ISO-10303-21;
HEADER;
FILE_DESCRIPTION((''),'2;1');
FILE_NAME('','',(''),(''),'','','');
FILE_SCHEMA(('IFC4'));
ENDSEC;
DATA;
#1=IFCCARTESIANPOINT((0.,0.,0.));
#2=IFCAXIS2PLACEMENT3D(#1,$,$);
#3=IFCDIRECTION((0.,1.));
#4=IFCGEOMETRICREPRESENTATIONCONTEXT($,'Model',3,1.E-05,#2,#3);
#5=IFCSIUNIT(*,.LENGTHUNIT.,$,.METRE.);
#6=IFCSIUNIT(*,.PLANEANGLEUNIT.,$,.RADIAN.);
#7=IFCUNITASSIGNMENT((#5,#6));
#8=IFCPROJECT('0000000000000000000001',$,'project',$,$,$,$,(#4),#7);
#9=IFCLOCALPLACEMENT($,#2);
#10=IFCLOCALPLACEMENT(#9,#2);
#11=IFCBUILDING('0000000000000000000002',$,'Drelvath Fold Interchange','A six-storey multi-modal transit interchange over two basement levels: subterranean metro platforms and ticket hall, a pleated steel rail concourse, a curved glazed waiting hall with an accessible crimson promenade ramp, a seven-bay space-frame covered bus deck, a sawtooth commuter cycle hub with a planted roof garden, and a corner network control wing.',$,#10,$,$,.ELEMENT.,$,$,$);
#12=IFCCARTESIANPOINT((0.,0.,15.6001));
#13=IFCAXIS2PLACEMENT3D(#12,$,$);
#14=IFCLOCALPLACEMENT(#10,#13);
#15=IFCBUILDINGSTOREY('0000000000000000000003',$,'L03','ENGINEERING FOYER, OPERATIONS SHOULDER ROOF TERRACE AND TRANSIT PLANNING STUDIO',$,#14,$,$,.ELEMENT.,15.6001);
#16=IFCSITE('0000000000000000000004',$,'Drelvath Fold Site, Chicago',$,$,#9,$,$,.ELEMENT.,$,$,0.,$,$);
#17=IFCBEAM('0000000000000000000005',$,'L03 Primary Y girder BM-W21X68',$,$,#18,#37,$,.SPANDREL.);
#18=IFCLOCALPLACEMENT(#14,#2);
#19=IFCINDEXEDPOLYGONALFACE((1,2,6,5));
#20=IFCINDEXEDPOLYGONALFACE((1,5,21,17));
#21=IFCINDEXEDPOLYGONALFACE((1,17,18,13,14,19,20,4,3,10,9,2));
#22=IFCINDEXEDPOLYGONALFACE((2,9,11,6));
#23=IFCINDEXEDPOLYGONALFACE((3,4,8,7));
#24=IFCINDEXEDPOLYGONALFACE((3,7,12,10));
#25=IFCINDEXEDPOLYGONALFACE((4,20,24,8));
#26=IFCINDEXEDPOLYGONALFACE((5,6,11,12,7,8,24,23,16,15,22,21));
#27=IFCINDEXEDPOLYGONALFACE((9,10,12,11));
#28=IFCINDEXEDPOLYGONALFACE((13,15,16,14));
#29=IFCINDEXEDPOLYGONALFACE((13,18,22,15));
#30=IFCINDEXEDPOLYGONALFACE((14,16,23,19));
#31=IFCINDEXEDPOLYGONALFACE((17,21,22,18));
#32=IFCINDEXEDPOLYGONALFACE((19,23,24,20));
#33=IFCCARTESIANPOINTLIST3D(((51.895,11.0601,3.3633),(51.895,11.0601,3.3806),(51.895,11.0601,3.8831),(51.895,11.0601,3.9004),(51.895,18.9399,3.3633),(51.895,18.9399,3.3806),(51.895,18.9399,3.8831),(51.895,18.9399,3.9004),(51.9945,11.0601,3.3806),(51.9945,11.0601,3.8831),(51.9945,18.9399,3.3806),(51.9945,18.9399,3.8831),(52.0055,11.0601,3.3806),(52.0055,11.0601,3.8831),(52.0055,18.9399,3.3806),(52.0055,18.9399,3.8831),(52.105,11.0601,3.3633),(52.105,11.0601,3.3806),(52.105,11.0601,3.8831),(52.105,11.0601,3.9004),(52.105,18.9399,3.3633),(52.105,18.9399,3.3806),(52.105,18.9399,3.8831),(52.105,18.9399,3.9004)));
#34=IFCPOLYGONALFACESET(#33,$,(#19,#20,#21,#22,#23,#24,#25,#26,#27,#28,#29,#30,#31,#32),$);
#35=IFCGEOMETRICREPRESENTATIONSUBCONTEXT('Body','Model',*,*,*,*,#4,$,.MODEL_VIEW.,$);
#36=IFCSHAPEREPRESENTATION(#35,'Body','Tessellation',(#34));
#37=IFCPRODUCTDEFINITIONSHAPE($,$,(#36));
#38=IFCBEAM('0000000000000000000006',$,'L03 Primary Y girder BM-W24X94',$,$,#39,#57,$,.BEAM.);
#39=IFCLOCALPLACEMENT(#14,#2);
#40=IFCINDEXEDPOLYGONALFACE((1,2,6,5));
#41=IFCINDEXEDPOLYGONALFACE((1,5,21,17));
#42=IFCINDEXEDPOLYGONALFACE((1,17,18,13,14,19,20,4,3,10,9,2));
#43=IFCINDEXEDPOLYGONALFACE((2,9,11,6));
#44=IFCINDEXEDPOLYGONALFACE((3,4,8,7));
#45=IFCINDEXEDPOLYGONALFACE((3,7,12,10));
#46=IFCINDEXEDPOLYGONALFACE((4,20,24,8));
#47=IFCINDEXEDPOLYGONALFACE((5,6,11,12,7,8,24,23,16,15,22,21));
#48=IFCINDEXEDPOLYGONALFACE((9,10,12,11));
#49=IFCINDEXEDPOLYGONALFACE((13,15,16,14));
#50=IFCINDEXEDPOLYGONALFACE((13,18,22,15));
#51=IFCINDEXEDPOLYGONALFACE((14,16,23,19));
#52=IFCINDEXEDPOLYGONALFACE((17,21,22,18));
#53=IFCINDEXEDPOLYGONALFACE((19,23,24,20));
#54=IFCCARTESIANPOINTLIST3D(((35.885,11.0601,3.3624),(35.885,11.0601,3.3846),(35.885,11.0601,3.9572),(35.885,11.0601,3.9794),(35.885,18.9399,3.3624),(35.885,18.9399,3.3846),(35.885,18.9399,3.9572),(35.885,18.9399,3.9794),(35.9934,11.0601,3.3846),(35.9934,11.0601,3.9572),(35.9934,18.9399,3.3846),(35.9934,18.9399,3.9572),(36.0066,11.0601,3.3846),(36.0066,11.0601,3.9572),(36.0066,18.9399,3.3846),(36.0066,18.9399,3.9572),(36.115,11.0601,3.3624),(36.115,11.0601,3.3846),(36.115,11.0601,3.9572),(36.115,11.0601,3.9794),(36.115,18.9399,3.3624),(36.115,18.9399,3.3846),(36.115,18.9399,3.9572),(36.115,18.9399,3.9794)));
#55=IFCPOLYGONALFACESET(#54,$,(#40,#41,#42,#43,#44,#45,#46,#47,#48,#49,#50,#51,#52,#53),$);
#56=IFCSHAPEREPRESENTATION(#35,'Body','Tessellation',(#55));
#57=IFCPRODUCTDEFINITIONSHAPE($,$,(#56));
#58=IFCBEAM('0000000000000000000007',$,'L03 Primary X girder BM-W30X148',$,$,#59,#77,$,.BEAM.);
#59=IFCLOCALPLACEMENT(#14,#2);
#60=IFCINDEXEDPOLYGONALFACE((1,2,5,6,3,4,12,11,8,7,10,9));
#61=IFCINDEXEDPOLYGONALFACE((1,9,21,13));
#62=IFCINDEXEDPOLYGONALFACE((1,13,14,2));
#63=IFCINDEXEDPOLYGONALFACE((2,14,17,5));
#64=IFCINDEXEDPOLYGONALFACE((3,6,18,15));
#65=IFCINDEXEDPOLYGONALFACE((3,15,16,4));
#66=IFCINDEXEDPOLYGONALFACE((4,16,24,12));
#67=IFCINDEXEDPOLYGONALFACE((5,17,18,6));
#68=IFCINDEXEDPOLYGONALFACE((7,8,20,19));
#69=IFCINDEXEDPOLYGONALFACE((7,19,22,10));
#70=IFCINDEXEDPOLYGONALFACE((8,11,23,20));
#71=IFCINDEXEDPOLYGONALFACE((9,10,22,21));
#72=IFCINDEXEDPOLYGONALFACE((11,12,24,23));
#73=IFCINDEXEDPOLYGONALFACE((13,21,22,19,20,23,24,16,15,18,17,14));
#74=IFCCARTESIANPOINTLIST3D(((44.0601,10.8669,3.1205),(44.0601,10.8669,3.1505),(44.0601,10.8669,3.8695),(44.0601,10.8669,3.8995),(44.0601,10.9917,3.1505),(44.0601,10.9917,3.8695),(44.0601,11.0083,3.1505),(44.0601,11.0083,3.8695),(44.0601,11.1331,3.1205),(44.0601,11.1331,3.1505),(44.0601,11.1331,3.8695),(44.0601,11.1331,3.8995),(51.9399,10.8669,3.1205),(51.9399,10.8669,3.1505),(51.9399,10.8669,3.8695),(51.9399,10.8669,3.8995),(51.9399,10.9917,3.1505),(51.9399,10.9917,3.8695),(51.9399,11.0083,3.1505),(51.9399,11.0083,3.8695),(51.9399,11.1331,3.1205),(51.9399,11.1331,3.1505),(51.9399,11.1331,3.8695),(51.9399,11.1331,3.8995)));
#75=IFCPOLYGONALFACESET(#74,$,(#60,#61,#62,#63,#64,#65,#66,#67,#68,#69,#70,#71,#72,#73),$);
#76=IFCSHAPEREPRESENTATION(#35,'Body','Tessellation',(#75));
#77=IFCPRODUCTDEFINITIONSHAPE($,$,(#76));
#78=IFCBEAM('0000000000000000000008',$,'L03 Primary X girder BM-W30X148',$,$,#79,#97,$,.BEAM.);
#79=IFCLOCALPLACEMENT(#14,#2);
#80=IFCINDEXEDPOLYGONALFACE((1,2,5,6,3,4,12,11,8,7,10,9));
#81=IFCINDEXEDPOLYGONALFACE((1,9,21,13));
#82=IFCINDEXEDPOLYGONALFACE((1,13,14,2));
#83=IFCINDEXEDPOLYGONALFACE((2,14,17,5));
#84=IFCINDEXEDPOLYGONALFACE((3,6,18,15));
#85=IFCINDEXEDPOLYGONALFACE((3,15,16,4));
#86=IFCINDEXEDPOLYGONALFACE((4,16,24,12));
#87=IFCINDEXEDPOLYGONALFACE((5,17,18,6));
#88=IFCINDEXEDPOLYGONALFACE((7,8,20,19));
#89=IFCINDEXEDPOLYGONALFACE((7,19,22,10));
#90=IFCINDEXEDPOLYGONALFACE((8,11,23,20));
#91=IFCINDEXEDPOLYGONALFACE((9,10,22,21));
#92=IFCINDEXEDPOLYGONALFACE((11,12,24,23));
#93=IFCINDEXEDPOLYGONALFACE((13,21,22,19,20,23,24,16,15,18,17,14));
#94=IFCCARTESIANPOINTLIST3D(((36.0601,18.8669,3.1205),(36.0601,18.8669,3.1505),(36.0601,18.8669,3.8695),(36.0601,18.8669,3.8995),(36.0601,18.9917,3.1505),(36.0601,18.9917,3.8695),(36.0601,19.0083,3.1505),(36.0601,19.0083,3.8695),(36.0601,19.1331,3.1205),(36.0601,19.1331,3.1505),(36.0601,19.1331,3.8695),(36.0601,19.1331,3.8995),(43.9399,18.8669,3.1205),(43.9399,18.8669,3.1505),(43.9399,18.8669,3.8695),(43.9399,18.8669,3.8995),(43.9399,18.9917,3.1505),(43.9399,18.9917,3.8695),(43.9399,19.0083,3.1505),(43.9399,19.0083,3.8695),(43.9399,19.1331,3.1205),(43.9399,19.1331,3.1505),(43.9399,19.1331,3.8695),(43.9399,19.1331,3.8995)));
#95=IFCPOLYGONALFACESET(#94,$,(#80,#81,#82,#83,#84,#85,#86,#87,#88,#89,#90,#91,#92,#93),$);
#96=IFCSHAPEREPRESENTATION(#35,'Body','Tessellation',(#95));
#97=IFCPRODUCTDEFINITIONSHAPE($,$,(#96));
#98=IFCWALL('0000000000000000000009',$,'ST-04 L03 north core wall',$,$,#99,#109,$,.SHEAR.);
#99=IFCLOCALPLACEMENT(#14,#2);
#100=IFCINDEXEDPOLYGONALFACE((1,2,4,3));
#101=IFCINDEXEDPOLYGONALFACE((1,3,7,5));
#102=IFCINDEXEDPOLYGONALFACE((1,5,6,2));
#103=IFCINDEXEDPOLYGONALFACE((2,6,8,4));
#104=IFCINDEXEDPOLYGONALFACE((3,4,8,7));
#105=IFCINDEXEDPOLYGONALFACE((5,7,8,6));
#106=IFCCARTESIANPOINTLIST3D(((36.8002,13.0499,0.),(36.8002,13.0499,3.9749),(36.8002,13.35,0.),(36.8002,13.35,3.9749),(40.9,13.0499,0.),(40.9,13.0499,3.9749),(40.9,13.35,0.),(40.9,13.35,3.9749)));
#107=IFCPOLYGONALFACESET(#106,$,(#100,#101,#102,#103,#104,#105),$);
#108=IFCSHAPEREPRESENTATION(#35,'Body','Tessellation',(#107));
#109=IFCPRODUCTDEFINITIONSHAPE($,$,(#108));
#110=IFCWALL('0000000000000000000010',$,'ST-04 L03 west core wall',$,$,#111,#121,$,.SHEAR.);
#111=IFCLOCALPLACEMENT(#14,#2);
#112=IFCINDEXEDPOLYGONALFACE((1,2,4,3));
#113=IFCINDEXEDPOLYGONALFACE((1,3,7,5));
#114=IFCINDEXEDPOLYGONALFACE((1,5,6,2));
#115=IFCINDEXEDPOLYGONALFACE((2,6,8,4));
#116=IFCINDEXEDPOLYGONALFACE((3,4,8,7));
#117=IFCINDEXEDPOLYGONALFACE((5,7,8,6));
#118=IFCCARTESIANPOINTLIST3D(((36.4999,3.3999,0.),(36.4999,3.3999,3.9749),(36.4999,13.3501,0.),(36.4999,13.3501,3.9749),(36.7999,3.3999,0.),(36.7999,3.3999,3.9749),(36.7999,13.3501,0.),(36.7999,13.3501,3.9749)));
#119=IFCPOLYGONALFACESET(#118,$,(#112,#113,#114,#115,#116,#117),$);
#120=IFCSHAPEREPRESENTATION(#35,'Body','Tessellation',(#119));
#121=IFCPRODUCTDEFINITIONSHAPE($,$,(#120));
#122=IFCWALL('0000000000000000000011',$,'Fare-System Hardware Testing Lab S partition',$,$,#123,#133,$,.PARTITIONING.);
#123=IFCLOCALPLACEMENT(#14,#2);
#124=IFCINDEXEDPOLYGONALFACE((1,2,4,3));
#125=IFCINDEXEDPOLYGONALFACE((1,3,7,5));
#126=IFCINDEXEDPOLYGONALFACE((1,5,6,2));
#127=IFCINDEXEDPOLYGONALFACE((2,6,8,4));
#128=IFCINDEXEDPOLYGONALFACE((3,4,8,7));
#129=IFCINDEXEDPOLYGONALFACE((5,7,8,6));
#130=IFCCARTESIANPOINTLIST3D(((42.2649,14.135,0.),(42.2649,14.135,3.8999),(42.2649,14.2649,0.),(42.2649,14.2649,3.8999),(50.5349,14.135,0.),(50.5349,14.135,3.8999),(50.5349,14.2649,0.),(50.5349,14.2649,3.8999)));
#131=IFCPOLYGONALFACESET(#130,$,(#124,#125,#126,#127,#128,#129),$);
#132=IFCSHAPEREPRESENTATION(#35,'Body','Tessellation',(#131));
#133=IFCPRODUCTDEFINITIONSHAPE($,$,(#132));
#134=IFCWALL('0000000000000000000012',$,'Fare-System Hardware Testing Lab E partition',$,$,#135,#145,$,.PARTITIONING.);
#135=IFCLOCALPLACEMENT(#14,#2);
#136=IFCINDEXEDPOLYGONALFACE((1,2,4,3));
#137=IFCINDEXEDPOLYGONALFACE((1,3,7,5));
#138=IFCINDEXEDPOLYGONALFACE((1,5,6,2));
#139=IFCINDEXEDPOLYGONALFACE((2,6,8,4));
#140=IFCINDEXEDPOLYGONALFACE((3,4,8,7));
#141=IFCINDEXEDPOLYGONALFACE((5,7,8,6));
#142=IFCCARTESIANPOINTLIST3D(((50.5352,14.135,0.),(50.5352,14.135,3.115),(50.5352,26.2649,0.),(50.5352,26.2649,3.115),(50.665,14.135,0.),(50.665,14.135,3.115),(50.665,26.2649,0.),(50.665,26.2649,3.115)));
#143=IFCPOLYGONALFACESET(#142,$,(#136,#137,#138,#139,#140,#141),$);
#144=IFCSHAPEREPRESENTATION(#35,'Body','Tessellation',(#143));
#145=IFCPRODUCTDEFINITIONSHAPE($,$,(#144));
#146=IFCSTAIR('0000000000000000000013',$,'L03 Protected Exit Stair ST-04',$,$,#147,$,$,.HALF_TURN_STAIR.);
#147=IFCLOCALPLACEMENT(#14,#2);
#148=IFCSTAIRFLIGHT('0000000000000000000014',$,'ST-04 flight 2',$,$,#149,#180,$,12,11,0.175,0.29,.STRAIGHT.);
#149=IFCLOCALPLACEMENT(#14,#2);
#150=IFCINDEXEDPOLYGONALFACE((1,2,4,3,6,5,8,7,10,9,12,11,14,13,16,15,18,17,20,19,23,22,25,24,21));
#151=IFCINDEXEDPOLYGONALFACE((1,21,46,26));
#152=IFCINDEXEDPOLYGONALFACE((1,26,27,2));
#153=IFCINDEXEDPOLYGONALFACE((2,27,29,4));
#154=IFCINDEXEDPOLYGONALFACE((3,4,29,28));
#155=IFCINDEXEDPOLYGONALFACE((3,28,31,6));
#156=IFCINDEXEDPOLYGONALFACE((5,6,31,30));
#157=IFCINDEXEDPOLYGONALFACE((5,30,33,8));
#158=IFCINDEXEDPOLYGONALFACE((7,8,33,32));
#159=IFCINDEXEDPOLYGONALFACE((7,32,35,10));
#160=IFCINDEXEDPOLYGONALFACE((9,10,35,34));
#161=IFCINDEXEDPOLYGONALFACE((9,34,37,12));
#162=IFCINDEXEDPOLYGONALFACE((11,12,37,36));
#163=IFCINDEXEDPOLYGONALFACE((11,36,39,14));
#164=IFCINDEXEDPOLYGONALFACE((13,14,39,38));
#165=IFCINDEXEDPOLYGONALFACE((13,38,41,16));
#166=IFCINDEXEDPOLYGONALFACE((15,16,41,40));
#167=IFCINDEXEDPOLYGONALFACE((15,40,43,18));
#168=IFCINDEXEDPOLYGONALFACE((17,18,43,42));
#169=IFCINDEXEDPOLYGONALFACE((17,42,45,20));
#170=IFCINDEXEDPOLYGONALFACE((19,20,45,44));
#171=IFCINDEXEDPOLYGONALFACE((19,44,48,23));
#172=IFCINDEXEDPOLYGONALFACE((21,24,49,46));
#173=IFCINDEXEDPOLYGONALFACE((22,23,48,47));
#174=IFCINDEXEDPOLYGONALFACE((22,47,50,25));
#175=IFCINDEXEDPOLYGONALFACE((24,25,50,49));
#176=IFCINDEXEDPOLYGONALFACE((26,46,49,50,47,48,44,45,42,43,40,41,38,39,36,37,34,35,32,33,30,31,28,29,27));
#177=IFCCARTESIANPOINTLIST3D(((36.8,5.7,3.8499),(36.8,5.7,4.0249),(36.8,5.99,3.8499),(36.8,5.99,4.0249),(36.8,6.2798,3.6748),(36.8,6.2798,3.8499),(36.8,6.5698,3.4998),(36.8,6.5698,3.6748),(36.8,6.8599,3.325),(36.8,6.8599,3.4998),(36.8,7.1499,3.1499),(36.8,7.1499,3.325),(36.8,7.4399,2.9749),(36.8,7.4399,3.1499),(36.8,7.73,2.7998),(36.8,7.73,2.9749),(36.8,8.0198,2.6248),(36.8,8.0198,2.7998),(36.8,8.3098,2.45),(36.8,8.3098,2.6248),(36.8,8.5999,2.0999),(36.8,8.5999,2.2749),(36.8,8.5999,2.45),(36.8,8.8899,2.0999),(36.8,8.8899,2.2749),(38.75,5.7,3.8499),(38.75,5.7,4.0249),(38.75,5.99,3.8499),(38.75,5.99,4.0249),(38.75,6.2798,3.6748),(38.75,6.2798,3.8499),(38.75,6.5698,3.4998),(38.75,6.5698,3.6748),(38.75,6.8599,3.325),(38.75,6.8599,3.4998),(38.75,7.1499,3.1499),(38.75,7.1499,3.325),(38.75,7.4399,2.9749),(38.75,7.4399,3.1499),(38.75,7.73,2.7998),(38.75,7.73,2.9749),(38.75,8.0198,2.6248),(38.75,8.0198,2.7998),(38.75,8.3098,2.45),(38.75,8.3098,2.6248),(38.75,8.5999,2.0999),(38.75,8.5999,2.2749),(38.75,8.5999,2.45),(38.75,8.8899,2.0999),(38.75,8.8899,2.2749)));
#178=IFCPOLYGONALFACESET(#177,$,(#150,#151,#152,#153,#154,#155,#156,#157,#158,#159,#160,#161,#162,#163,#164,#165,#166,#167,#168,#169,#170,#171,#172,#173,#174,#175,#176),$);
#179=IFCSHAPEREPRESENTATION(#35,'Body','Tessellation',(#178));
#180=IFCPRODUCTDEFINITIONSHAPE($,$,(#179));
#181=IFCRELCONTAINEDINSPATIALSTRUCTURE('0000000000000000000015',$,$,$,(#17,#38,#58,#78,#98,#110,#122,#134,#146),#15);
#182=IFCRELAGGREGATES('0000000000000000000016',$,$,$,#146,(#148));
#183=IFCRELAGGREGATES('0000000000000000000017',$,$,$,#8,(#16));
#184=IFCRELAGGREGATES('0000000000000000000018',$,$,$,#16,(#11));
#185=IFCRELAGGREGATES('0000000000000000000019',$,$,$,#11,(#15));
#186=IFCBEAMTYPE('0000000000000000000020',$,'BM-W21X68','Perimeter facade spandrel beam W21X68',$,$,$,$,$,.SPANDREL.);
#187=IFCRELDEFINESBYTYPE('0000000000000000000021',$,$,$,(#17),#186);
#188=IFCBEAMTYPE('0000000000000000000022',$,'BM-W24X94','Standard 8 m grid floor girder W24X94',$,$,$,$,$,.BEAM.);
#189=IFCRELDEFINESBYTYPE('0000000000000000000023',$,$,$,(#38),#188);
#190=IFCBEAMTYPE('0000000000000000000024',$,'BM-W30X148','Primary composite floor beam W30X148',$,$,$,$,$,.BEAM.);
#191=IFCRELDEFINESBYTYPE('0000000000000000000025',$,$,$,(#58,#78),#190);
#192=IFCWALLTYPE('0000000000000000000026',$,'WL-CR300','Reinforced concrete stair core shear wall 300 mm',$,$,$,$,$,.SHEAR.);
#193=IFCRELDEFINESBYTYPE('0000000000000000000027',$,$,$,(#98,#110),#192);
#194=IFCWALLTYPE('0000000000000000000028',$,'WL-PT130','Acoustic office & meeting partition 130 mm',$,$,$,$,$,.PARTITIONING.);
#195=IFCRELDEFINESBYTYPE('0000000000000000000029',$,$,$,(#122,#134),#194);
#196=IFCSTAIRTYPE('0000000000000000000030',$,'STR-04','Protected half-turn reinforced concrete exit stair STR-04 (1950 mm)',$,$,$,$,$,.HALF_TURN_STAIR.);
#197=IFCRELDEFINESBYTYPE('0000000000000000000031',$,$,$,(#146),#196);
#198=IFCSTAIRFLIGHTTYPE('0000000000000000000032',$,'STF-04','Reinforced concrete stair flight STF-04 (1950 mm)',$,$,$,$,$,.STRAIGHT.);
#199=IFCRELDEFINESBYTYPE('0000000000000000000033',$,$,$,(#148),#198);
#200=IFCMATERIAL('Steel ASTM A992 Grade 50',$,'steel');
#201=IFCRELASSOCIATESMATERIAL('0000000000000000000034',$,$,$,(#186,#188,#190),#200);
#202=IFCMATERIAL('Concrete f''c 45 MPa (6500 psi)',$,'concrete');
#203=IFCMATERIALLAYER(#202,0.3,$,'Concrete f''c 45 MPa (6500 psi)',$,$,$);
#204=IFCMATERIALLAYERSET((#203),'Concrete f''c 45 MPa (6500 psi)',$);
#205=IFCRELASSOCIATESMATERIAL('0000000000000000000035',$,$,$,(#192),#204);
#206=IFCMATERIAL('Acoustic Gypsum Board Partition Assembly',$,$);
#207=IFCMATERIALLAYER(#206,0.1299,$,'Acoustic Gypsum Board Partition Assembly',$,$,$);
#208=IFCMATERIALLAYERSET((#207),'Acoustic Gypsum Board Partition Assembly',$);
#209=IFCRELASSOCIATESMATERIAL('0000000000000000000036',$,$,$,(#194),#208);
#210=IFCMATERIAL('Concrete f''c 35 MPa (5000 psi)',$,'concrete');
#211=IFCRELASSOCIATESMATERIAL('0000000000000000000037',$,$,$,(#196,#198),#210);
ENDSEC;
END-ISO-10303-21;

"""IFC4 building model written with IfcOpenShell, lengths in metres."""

from ifc_helpers import new_model, si_unit, direction, frame, frame_2d, origin, origin_2d, place, context, subcontext, project, spatial, polyline, rectangle, i_section, outline, extrude, material, layer, layer_set, material_profile, profile_set, type_object, element, aggregate, save


model = new_model("IFC4")

# Units and contexts
model_context = context("Model", 3, precision=1e-05, world=origin(), true_north=direction((0.0, 1.0)))
body_context = subcontext(model_context, "Body", "Model", "MODEL_VIEW")
ifc_project = project(units=[si_unit("LENGTHUNIT", "METRE"), si_unit("PLANEANGLEUNIT", "RADIAN")], contexts=[model_context])

# Site, building, storey
site_placement = place(None, origin())
site = spatial("IfcSite", under=ifc_project, at=site_placement, Name="Drelvath Fold Site, Chicago", CompositionType="ELEMENT", RefElevation=0.0)
building_placement = place(site_placement, origin())
building = spatial("IfcBuilding", under=site, at=building_placement, Name="Drelvath Fold Interchange", Description="A six-storey multi-modal transit interchange over two basement levels: subterranean metro platforms and ticket hall, a pleated steel rail concourse, a curved glazed waiting hall with an accessible crimson promenade ramp, a seven-bay space-frame covered bus deck, a sawtooth commuter cycle hub with a planted roof garden, and a corner network control wing.", CompositionType="ELEMENT")
storey_placement = place(building_placement, frame((0.0, 0.0, 15.6001)))
storey = spatial("IfcBuildingStorey", under=building, at=storey_placement, Name="L03", Description="ENGINEERING FOYER, OPERATIONS SHOULDER ROOF TERRACE AND TRANSIT PLANNING STUDIO", CompositionType="ELEMENT", Elevation=15.6001)

# Shared definitions
ifc_material_1 = material(Name="Steel ASTM A992 Grade 50", Category="steel")

# Beams
ifc_material_profile_1 = material_profile(ifc_material_1, i_section(OverallWidth=0.21, OverallDepth=0.5371, WebThickness=0.011, FlangeThickness=0.0173, at=origin_2d()), Name="W21X68")
ifc_profile_set_1 = profile_set([ifc_material_profile_1], Name="Steel ASTM A992 Grade 50")
beam_type_1 = type_object("IfcBeamType", Name="BM-W21X68", Description="Perimeter facade spandrel beam W21X68", PredefinedType="SPANDREL", material=ifc_profile_set_1)
for number, where, z_axis, x_axis, name in (
    (1, (52.0, 11.0601, 3.6318), (0.0, 1.0, 0.0), (-1.0, 0.0, 0.0), "L03 Primary Y girder BM-W21X68"),
):
    element("IfcBeam", number, at=place(storey_placement, frame(where, z_axis=z_axis, x_axis=x_axis)), inside=storey, type_object=beam_type_1, Name=name, PredefinedType="SPANDREL", context=body_context, shape_type="SweptSolid", body=[
        extrude(i_section(OverallWidth=0.21, OverallDepth=0.5371, WebThickness=0.011, FlangeThickness=0.0173, at=origin_2d()), origin(), (0.0, 0.0, 1.0), 7.8799),
    ])
ifc_material_profile_2 = material_profile(ifc_material_1, i_section(OverallWidth=0.23, OverallDepth=0.6169, WebThickness=0.0132, FlangeThickness=0.0222, at=origin_2d()), Name="W24X94")
ifc_profile_set_2 = profile_set([ifc_material_profile_2], Name="Steel ASTM A992 Grade 50")
beam_type_2 = type_object("IfcBeamType", Name="BM-W24X94", Description="Standard 8 m grid floor girder W24X94", PredefinedType="BEAM", material=ifc_profile_set_2)
beam_placement = place(storey_placement, frame((36.0, 11.0601, 3.6709), z_axis=(0.0, 1.0, 0.0), x_axis=(-1.0, 0.0, 0.0)))
element("IfcBeam", 2, at=beam_placement, inside=storey, type_object=beam_type_2, Name="L03 Primary Y girder BM-W24X94", PredefinedType="BEAM", context=body_context, shape_type="SweptSolid", body=[
    extrude(i_section(OverallWidth=0.23, OverallDepth=0.6169, WebThickness=0.0132, FlangeThickness=0.0222, at=origin_2d()), origin(), (0.0, 0.0, 1.0), 7.8799),
])
ifc_material_profile_3 = material_profile(ifc_material_1, i_section(OverallWidth=0.2661, OverallDepth=0.7791, WebThickness=0.0166, FlangeThickness=0.03, at=origin_2d()), Name="W30X148")
ifc_profile_set_3 = profile_set([ifc_material_profile_3], Name="Steel ASTM A992 Grade 50")
beam_type_3 = type_object("IfcBeamType", Name="BM-W30X148", Description="Primary composite floor beam W30X148", PredefinedType="BEAM", material=ifc_profile_set_3)
for number, where, z_axis, x_axis, name in (
    (3, (44.0601, 11.0, 3.51), (1.0, 0.0, 0.0), (0.0, 1.0, 0.0), "L03 Primary X girder BM-W30X148"),
    (4, (36.0601, 19.0, 3.51), (1.0, 0.0, 0.0), (0.0, 1.0, 0.0), "L03 Primary X girder BM-W30X148"),
):
    element("IfcBeam", number, at=place(storey_placement, frame(where, z_axis=z_axis, x_axis=x_axis)), inside=storey, type_object=beam_type_3, Name=name, PredefinedType="BEAM", context=body_context, shape_type="SweptSolid", body=[
        extrude(i_section(OverallWidth=0.2661, OverallDepth=0.7791, WebThickness=0.0166, FlangeThickness=0.03, at=origin_2d()), origin(), (0.0, 0.0, 1.0), 7.8799),
    ])

# Walls
ifc_material_2 = material(Name="Concrete f'c 45 MPa (6500 psi)", Category="concrete")
ifc_layer_1 = layer(ifc_material_2, 0.3, Name="Concrete f'c 45 MPa (6500 psi)")
ifc_layer_set_1 = layer_set([ifc_layer_1], Name="Concrete f'c 45 MPa (6500 psi)")
wall_type_1 = type_object("IfcWallType", Name="WL-CR300", Description="Reinforced concrete stair core shear wall 300 mm", PredefinedType="SHEAR", material=ifc_layer_set_1)
wall_1_placement = place(storey_placement, frame((40.8999, 13.2, 0.0), z_axis=(0.0, 0.0, 1.0), x_axis=(-1.0, 0.0, 0.0)))
element("IfcWall", 5, at=wall_1_placement, inside=storey, type_object=wall_type_1, Name="ST-04 L03 north core wall", PredefinedType="SHEAR", context=body_context, shape_type="SweptSolid", body=[
    extrude(rectangle(XDim=4.0999, YDim=0.3, at=frame_2d((2.0498, 0.0))), origin(), (0.0, 0.0, 1.0), 3.9749),
])
wall_2_placement = place(storey_placement, frame((36.6499, 13.3501, 0.0), z_axis=(0.0, 0.0, 1.0), x_axis=(0.0, -1.0, 0.0)))
element("IfcWall", 6, at=wall_2_placement, inside=storey, type_object=wall_type_1, Name="ST-04 L03 west core wall", PredefinedType="SHEAR", context=body_context, shape_type="SweptSolid", body=[
    extrude(rectangle(XDim=9.9502, YDim=0.3, at=frame_2d((4.9751, 0.0))), origin(), (0.0, 0.0, 1.0), 3.9749),
])
ifc_material_3 = material(Name="Acoustic Gypsum Board Partition Assembly")
ifc_layer_2 = layer(ifc_material_3, 0.1299, Name="Acoustic Gypsum Board Partition Assembly")
ifc_layer_set_2 = layer_set([ifc_layer_2], Name="Acoustic Gypsum Board Partition Assembly")
wall_type_2 = type_object("IfcWallType", Name="WL-PT130", Description="Acoustic office & meeting partition 130 mm", PredefinedType="PARTITIONING", material=ifc_layer_set_2)
wall_3_placement = place(storey_placement, frame((42.2649, 14.2, 0.0), z_axis=(0.0, 0.0, 1.0), x_axis=(1.0, 0.0, 0.0)))
element("IfcWall", 7, at=wall_3_placement, inside=storey, type_object=wall_type_2, Name="Fare-System Hardware Testing Lab S partition", PredefinedType="PARTITIONING", context=body_context, shape_type="SweptSolid", body=[
    extrude(rectangle(XDim=8.27, YDim=0.1299, at=frame_2d((4.135, 0.0))), origin(), (0.0, 0.0, 1.0), 3.8999),
])
wall_4_placement = place(storey_placement, frame((50.6001, 14.135, 0.0), z_axis=(0.0, 0.0, 1.0), x_axis=(0.0, 1.0, 0.0)))
element("IfcWall", 8, at=wall_4_placement, inside=storey, type_object=wall_type_2, Name="Fare-System Hardware Testing Lab E partition", PredefinedType="PARTITIONING", context=body_context, shape_type="SweptSolid", body=[
    extrude(rectangle(XDim=12.1299, YDim=0.1299, at=frame_2d((6.0649, 0.0))), origin(), (0.0, 0.0, 1.0), 3.115),
])

# Stair, stair flight
ifc_material_4 = material(Name="Concrete f'c 35 MPa (5000 psi)", Category="concrete")
stair_type = type_object("IfcStairType", Name="STR-04", Description="Protected half-turn reinforced concrete exit stair STR-04 (1950 mm)", PredefinedType="HALF_TURN_STAIR", material=ifc_material_4)
stair_placement = place(storey_placement, origin())
stair = element("IfcStair", 9, at=stair_placement, inside=storey, type_object=stair_type, Name="L03 Protected Exit Stair ST-04", PredefinedType="HALF_TURN_STAIR")
stair_flight_type = type_object("IfcStairFlightType", Name="STF-04", Description="Reinforced concrete stair flight STF-04 (1950 mm)", PredefinedType="STRAIGHT", material=ifc_material_4)
stair_flight_placement = place(storey_placement, frame((37.7749, 8.8899, 2.0999), z_axis=(0.0, 0.0, 1.0), x_axis=(0.0, -1.0, 0.0)))
stair_flight = element("IfcStairFlight", 10, at=stair_flight_placement, type_object=stair_flight_type, Name="ST-04 flight 2", NumberOfRisers=12, NumberOfTreads=11, PredefinedType="STRAIGHT", RiserHeight=0.175, TreadLength=0.29, context=body_context, shape_type="SweptSolid", body=[
    extrude(outline(polyline([(0.0, 0.0), (0.0, 0.175), (0.29, 0.175), (0.29, 0.3501), (0.5801, 0.3501), (0.5801, 0.5249), (0.8701, 0.5249), (0.8701, 0.7), (1.1599, 0.7), (1.1599, 0.875), (1.45, 0.875), (1.45, 1.05), (1.74, 1.05), (1.74, 1.2251), (2.03, 1.2251), (2.03, 1.3999), (2.3201, 1.3999), (2.3201, 1.575), (2.6101, 1.575), (2.6101, 1.75), (2.8999, 1.75), (2.8999, 1.925), (3.1899, 1.925), (3.1899, 2.1001), (3.1899, 1.75), (0.29, 0.0), (0.0, 0.0)])), frame((0.0, 0.9751, 0.0), z_axis=(0.0, -1.0, 0.0), x_axis=(1.0, 0.0, 0.0)), (0.0, 0.0, 1.0), 1.95),
])
aggregate(stair, [stair_flight])

save(model, "model.ifc")
